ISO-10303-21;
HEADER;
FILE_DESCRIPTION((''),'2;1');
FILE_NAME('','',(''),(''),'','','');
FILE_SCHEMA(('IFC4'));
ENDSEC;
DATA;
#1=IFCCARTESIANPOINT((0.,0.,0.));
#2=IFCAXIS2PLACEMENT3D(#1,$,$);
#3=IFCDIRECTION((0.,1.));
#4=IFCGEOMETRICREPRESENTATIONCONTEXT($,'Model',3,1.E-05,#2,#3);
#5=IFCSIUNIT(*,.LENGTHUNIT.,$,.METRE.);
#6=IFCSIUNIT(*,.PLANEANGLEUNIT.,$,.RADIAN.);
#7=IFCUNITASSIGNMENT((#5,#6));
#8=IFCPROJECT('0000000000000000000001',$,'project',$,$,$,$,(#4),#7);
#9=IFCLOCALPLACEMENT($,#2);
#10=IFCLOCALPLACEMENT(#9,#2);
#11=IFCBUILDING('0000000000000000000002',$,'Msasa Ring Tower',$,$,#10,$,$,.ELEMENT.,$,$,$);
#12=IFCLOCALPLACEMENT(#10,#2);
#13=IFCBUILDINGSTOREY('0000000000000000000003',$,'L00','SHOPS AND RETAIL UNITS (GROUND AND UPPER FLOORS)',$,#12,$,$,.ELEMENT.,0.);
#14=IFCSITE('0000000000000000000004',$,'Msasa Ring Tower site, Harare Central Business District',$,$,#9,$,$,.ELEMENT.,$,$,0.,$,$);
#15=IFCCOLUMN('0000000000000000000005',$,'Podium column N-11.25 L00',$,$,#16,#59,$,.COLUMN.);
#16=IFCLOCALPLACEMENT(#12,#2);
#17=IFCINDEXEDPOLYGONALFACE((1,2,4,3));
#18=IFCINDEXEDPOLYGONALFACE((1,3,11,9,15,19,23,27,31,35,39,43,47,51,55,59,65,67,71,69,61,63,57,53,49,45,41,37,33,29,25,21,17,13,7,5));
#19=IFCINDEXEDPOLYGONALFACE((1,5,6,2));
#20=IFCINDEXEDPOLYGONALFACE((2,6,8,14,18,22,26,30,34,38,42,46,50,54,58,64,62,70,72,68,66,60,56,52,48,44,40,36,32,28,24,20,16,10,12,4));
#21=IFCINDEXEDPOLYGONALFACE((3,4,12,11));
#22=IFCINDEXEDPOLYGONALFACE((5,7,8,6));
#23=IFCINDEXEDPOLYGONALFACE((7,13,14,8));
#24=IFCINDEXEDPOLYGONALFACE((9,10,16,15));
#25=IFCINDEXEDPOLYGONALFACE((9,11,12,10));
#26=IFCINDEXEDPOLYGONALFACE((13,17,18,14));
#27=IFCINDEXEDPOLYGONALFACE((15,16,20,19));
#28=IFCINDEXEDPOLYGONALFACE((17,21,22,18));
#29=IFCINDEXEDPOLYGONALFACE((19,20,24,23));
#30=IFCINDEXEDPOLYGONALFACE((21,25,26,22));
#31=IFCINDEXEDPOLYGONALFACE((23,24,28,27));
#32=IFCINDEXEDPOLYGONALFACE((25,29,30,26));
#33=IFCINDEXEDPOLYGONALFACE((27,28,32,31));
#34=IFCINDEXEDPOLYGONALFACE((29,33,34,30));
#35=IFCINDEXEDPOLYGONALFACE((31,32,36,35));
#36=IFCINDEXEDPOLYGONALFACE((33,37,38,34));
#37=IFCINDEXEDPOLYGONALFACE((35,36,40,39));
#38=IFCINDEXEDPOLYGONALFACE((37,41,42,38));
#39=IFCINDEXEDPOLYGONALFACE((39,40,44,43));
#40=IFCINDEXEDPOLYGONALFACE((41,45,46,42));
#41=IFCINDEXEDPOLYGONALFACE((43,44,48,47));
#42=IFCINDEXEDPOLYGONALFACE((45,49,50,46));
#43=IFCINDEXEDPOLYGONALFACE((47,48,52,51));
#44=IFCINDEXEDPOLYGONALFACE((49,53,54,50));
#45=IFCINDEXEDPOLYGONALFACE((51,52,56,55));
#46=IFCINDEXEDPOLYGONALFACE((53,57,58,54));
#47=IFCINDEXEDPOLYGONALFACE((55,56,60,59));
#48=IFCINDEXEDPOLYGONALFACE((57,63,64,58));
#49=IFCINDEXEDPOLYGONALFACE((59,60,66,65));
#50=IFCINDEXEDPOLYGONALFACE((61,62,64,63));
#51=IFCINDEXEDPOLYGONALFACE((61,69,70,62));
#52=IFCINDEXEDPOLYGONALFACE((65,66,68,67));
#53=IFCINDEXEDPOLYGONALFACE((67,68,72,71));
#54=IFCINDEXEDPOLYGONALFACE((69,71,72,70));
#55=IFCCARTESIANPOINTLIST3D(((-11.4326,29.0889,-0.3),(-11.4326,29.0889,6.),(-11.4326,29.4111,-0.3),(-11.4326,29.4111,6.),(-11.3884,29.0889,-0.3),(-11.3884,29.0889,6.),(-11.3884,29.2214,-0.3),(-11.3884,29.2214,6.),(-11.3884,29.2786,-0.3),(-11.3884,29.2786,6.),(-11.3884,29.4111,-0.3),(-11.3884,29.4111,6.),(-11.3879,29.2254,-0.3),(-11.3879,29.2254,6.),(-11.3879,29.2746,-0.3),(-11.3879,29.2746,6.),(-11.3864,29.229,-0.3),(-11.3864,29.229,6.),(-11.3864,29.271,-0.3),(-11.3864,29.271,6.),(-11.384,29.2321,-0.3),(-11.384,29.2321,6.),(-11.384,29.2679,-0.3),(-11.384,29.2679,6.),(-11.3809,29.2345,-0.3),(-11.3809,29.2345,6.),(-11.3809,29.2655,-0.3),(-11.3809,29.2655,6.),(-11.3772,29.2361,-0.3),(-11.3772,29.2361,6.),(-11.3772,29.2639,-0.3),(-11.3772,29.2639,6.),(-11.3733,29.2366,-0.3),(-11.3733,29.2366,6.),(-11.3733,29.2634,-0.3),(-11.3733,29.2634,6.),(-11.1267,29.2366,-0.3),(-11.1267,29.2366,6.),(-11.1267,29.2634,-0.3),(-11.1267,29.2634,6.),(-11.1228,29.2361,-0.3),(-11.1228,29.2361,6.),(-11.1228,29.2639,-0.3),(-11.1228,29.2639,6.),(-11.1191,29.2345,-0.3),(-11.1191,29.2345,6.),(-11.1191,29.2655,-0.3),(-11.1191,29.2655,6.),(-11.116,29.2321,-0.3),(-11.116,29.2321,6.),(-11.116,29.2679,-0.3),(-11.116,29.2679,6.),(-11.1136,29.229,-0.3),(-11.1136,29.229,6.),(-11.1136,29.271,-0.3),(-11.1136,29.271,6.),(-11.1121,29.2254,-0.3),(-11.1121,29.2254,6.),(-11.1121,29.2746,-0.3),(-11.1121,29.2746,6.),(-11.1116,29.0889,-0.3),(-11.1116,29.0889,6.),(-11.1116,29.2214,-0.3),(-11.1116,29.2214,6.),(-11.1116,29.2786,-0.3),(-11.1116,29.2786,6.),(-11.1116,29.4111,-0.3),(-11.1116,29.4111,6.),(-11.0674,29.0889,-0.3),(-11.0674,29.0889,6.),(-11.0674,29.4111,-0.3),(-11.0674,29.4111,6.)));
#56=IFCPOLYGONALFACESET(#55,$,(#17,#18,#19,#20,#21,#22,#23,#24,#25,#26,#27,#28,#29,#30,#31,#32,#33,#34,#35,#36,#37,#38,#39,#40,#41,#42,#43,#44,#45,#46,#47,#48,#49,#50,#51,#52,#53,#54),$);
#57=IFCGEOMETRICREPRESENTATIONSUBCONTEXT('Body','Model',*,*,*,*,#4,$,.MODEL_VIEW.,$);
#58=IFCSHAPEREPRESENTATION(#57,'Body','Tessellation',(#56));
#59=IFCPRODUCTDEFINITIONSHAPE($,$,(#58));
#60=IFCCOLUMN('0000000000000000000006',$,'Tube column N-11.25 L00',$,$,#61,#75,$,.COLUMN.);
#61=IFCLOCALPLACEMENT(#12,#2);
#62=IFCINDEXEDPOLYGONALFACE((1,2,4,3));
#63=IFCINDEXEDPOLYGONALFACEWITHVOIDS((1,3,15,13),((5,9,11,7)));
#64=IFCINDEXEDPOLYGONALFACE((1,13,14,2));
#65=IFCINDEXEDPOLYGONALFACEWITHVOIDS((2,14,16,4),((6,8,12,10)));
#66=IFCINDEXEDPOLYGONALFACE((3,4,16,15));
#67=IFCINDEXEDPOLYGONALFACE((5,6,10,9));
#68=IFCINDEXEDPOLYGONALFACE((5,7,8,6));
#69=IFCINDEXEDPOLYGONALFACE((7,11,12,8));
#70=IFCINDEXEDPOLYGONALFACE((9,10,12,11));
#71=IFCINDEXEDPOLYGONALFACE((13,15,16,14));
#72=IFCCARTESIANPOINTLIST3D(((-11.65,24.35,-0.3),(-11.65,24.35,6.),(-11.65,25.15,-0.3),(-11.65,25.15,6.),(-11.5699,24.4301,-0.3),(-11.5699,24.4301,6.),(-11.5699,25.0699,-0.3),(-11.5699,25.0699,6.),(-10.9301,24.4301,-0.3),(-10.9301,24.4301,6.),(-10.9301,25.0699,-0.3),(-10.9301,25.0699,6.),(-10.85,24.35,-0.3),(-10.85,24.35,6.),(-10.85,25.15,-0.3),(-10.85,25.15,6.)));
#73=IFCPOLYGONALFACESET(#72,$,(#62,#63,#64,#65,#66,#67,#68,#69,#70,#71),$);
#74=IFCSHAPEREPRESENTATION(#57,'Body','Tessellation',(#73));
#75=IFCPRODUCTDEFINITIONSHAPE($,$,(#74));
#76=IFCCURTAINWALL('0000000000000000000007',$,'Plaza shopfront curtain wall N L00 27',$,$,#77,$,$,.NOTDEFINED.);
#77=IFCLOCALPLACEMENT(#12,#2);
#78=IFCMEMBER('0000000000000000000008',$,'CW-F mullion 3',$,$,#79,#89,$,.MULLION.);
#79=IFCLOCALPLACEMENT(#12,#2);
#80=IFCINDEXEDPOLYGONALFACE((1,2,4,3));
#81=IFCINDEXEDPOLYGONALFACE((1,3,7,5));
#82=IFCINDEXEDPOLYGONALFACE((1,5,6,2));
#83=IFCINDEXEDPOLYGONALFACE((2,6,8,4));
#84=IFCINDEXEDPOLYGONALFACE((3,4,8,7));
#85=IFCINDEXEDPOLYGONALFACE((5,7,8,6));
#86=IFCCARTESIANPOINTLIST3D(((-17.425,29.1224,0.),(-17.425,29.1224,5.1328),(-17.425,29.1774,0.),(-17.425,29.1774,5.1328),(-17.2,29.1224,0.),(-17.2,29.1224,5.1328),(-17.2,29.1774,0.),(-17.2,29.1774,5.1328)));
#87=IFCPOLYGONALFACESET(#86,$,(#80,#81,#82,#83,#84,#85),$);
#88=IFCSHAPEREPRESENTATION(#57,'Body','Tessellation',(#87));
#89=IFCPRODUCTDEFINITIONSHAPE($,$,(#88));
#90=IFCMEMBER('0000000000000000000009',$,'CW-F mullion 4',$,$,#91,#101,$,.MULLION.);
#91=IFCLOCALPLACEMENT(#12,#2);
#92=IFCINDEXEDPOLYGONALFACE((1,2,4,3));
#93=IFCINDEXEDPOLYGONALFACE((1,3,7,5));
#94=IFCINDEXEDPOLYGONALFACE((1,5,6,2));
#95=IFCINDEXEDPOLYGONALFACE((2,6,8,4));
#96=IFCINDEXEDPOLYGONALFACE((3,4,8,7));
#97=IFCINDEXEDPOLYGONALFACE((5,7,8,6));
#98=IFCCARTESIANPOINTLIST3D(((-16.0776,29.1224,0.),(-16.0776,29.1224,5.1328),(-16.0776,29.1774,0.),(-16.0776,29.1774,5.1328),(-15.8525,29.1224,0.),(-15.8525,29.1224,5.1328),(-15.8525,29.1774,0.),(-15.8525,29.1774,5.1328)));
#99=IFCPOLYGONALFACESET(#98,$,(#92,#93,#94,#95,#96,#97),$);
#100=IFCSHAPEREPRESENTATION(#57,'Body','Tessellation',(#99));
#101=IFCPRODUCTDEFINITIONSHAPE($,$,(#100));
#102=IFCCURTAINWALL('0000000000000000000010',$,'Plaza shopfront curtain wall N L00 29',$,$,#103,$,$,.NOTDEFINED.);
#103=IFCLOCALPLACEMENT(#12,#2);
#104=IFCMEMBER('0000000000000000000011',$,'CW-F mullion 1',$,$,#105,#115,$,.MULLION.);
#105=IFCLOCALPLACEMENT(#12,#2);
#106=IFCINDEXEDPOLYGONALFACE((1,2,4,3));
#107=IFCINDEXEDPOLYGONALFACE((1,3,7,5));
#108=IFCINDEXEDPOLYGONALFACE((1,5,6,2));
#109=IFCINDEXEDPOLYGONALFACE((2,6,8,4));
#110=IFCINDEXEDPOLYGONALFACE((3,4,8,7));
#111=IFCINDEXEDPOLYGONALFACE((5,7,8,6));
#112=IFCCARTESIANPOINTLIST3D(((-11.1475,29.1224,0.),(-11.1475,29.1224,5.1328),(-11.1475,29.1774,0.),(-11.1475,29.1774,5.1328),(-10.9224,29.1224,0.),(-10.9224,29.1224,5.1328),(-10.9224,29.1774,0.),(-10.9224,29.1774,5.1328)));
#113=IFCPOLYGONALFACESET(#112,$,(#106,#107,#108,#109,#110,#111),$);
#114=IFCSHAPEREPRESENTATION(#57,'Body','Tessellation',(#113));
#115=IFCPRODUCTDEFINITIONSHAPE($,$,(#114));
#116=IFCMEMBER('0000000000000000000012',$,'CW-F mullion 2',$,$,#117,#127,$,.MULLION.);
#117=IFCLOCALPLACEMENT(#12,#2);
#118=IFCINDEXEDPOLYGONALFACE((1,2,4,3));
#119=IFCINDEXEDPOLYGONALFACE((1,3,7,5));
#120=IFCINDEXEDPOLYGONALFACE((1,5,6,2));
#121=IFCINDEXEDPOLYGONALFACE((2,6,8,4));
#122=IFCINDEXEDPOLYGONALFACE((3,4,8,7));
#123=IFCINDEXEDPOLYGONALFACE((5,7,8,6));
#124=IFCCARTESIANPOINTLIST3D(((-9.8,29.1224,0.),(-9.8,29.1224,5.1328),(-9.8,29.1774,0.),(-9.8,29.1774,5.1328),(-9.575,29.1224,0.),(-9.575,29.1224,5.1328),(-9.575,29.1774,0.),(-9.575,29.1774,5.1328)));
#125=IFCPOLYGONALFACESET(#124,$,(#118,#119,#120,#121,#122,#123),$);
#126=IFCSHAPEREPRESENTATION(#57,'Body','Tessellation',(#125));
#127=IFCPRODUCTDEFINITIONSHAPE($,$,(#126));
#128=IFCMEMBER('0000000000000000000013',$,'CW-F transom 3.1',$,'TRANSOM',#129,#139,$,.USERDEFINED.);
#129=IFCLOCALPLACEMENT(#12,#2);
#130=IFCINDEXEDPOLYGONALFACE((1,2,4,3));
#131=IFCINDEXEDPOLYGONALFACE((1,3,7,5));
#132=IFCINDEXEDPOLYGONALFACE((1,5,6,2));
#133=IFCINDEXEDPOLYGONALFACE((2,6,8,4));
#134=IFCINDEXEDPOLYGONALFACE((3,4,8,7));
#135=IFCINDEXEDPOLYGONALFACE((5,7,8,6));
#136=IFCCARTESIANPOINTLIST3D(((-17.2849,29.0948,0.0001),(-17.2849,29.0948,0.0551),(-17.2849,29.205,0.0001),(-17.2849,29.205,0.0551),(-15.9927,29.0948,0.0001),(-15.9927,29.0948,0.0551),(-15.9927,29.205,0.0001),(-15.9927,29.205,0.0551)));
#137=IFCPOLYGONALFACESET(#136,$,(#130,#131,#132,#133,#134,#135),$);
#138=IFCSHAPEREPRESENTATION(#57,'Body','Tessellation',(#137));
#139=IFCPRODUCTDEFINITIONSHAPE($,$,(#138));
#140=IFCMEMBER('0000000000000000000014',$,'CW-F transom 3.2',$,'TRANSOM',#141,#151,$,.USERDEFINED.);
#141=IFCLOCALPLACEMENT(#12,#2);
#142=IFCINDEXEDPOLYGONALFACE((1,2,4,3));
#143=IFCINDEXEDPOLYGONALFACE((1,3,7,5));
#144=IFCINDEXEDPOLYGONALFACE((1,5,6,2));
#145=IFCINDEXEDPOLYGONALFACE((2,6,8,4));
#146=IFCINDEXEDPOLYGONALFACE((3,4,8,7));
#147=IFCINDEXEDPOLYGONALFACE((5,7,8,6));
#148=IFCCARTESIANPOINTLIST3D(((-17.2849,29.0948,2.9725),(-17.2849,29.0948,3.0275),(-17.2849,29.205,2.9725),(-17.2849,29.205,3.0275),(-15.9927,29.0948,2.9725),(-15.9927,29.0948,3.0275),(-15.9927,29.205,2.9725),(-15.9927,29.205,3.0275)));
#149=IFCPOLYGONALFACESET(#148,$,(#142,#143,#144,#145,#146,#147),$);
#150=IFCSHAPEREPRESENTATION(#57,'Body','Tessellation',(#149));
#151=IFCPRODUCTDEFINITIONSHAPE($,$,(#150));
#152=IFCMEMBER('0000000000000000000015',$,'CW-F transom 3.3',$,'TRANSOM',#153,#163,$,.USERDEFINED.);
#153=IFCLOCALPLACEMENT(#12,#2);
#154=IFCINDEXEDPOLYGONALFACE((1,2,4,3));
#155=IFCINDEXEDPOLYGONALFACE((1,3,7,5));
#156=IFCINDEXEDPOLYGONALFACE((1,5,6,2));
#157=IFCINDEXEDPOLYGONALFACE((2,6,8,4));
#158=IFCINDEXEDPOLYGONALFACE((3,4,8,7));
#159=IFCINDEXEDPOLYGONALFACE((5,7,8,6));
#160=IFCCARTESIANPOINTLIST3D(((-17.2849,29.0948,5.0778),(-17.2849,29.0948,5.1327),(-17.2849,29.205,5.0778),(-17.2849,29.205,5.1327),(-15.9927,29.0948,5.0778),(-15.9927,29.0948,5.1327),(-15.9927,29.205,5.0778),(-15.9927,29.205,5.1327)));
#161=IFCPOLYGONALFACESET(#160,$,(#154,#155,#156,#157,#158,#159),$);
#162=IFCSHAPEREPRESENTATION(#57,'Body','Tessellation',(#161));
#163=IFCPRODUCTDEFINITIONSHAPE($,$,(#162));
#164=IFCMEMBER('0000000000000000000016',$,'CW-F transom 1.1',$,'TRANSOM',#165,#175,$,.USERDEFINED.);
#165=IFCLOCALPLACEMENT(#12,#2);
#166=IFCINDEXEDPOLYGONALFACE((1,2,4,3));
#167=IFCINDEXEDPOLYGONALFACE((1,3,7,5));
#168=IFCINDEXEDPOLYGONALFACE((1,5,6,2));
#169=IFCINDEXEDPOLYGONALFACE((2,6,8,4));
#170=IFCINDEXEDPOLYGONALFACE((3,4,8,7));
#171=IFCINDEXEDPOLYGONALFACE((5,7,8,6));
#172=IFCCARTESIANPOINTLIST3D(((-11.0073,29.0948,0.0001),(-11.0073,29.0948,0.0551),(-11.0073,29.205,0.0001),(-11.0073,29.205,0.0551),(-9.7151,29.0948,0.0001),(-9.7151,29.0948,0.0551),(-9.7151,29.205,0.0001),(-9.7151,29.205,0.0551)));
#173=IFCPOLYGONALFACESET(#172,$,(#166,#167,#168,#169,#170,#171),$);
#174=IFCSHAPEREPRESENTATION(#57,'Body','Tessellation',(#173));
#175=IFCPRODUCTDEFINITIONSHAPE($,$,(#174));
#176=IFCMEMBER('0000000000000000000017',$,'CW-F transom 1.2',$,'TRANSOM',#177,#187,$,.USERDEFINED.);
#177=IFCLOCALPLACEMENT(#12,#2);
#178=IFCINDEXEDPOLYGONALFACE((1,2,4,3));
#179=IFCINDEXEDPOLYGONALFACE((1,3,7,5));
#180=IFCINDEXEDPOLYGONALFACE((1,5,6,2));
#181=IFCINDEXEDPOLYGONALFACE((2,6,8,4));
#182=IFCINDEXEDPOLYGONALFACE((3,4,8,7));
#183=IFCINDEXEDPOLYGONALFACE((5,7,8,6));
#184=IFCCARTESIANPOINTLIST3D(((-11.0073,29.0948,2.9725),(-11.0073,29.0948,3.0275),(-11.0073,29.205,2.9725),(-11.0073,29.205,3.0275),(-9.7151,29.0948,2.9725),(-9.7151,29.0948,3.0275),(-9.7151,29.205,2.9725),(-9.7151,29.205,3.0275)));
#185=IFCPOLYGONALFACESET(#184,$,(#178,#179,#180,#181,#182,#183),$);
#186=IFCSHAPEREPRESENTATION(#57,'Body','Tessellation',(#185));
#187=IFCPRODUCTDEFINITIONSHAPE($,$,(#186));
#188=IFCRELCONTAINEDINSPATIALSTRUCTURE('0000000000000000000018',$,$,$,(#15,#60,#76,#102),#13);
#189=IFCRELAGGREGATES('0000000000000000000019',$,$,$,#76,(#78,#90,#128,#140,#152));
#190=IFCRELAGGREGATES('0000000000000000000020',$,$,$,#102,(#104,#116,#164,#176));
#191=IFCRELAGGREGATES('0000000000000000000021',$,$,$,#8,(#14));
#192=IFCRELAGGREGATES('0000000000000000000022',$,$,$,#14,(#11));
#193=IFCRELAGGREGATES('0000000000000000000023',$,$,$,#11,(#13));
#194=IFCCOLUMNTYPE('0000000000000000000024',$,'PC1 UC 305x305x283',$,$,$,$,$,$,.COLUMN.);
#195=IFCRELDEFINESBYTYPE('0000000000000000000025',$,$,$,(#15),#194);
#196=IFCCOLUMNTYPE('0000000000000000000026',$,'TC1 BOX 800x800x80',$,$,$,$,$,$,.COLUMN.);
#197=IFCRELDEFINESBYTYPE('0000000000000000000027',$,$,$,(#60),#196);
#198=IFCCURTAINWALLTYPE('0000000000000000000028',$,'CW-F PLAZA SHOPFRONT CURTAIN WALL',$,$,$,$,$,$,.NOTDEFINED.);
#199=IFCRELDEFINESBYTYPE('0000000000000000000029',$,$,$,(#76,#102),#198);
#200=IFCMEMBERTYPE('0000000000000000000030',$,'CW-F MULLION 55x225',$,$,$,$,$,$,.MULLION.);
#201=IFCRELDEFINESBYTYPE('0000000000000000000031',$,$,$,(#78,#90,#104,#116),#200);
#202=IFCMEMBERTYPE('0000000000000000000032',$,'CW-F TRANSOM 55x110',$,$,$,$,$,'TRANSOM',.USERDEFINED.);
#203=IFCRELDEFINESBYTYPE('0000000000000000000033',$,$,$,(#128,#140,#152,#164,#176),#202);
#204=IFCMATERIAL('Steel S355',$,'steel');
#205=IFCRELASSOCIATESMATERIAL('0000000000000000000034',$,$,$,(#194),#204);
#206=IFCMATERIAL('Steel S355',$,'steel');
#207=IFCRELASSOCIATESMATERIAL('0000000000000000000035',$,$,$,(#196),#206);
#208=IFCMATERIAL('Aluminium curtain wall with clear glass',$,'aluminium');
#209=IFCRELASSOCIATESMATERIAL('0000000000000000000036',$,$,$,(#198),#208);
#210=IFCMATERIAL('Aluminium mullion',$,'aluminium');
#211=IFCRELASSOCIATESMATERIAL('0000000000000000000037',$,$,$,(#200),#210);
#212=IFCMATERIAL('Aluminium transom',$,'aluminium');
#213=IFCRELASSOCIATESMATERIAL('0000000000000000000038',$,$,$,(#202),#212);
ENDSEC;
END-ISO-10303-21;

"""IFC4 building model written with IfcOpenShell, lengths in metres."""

from ifc_helpers import new_model, si_unit, direction, frame, origin, origin_2d, place, context, subcontext, project, spatial, rectangle, hollow_rectangle, i_section, extrude, material, material_profile, profile_set, type_object, element, aggregate, save


model = new_model("IFC4")

# Units and contexts
model_context = context("Model", 3, precision=1e-05, world=origin(), true_north=direction((0.0, 1.0)))
body_context = subcontext(model_context, "Body", "Model", "MODEL_VIEW")
ifc_project = project(units=[si_unit("LENGTHUNIT", "METRE"), si_unit("PLANEANGLEUNIT", "RADIAN")], contexts=[model_context])

# Site, building, storey
site_placement = place(None, origin())
site = spatial("IfcSite", under=ifc_project, at=site_placement, Name="Msasa Ring Tower site, Harare Central Business District", CompositionType="ELEMENT", RefElevation=0.0)
building_placement = place(site_placement, origin())
building = spatial("IfcBuilding", under=site, at=building_placement, Name="Msasa Ring Tower", CompositionType="ELEMENT")
storey_placement = place(building_placement, origin())
storey = spatial("IfcBuildingStorey", under=building, at=storey_placement, Name="L00", Description="SHOPS AND RETAIL UNITS (GROUND AND UPPER FLOORS)", CompositionType="ELEMENT", Elevation=0.0)

# Columns
ifc_material_1 = material(Name="Steel S355", Category="steel")
ifc_material_profile_1 = material_profile(ifc_material_1, i_section(OverallWidth=0.3223, OverallDepth=0.3652, WebThickness=0.0269, FlangeThickness=0.0442, FilletRadius=0.0151, at=origin_2d()), Name="UC 305x305x283")
ifc_profile_set_1 = profile_set([ifc_material_profile_1], Name="Steel S355")
column_type_1 = type_object("IfcColumnType", Name="PC1 UC 305x305x283", PredefinedType="COLUMN", material=ifc_profile_set_1)
for number, where, z_axis, x_axis, name in (
    (1, (-11.25, 29.25, -0.3), (0.0, 0.0, 1.0), (0.0, 1.0, 0.0), "Podium column N-11.25 L00"),
):
    element("IfcColumn", number, at=place(storey_placement, frame(where, z_axis=z_axis, x_axis=x_axis)), inside=storey, type_object=column_type_1, Name=name, PredefinedType="COLUMN", context=body_context, shape_type="SweptSolid", body=[
        extrude(i_section(OverallWidth=0.3223, OverallDepth=0.3652, WebThickness=0.0269, FlangeThickness=0.0442, FilletRadius=0.0151, at=origin_2d()), origin(), (0.0, 0.0, 1.0), 6.3),
    ])
ifc_material_2 = material(Name="Steel S355", Category="steel")
ifc_material_profile_2 = material_profile(ifc_material_2, hollow_rectangle(XDim=0.8, YDim=0.8, WallThickness=0.0801, at=origin_2d()), Name="BOX 800x800x80")
ifc_profile_set_2 = profile_set([ifc_material_profile_2], Name="Steel S355")
column_type_2 = type_object("IfcColumnType", Name="TC1 BOX 800x800x80", PredefinedType="COLUMN", material=ifc_profile_set_2)
column_placement = place(storey_placement, frame((-11.25, 24.75, -0.3), z_axis=(0.0, 0.0, 1.0), x_axis=(0.0, 1.0, 0.0)))
element("IfcColumn", 2, at=column_placement, inside=storey, type_object=column_type_2, Name="Tube column N-11.25 L00", PredefinedType="COLUMN", context=body_context, shape_type="SweptSolid", body=[
    extrude(hollow_rectangle(XDim=0.8, YDim=0.8, WallThickness=0.0801, at=origin_2d()), origin(), (0.0, 0.0, 1.0), 6.3),
])

# Curtain walls, members
ifc_material_3 = material(Name="Aluminium curtain wall with clear glass", Category="aluminium")
curtain_wall_type = type_object("IfcCurtainWallType", Name="CW-F PLAZA SHOPFRONT CURTAIN WALL", PredefinedType="NOTDEFINED", material=ifc_material_3)
curtain_wall_1_placement = place(storey_placement, origin())
curtain_wall_1 = element("IfcCurtainWall", 3, at=curtain_wall_1_placement, inside=storey, type_object=curtain_wall_type, Name="Plaza shopfront curtain wall N L00 27", PredefinedType="NOTDEFINED")
ifc_material_4 = material(Name="Aluminium mullion", Category="aluminium")
ifc_material_profile_3 = material_profile(ifc_material_4, rectangle(XDim=0.0549, YDim=0.2251, at=origin_2d()), Name="AL 55x225")
ifc_profile_set_3 = profile_set([ifc_material_profile_3], Name="Aluminium mullion")
member_type_1 = type_object("IfcMemberType", Name="CW-F MULLION 55x225", PredefinedType="MULLION", material=ifc_profile_set_3)
member_1_placement = place(storey_placement, frame((-17.3125, 29.1499, 0.0), z_axis=(0.0, 0.0, 1.0), x_axis=(0.0, 1.0, 0.0)))
member_1 = element("IfcMember", 4, at=member_1_placement, type_object=member_type_1, Name="CW-F mullion 3", PredefinedType="MULLION", context=body_context, shape_type="SweptSolid", body=[
    extrude(rectangle(XDim=0.0549, YDim=0.2251, at=origin_2d()), origin(), (0.0, 0.0, 1.0), 5.1328),
])
member_2_placement = place(storey_placement, frame((-15.9651, 29.1499, 0.0), z_axis=(0.0, 0.0, 1.0), x_axis=(0.0, 1.0, 0.0)))
member_2 = element("IfcMember", 5, at=member_2_placement, type_object=member_type_1, Name="CW-F mullion 4", PredefinedType="MULLION", context=body_context, shape_type="SweptSolid", body=[
    extrude(rectangle(XDim=0.0549, YDim=0.2251, at=origin_2d()), origin(), (0.0, 0.0, 1.0), 5.1328),
])
curtain_wall_2_placement = place(storey_placement, origin())
curtain_wall_2 = element("IfcCurtainWall", 6, at=curtain_wall_2_placement, inside=storey, type_object=curtain_wall_type, Name="Plaza shopfront curtain wall N L00 29", PredefinedType="NOTDEFINED")
member_3_placement = place(storey_placement, frame((-11.0349, 29.1499, 0.0), z_axis=(0.0, 0.0, 1.0), x_axis=(0.0, 1.0, 0.0)))
member_3 = element("IfcMember", 7, at=member_3_placement, type_object=member_type_1, Name="CW-F mullion 1", PredefinedType="MULLION", context=body_context, shape_type="SweptSolid", body=[
    extrude(rectangle(XDim=0.0549, YDim=0.2251, at=origin_2d()), origin(), (0.0, 0.0, 1.0), 5.1328),
])
member_4_placement = place(storey_placement, frame((-9.6875, 29.1499, 0.0), z_axis=(0.0, 0.0, 1.0), x_axis=(0.0, 1.0, 0.0)))
member_4 = element("IfcMember", 8, at=member_4_placement, type_object=member_type_1, Name="CW-F mullion 2", PredefinedType="MULLION", context=body_context, shape_type="SweptSolid", body=[
    extrude(rectangle(XDim=0.0549, YDim=0.2251, at=origin_2d()), origin(), (0.0, 0.0, 1.0), 5.1328),
])

# Members
ifc_material_5 = material(Name="Aluminium transom", Category="aluminium")
ifc_material_profile_4 = material_profile(ifc_material_5, rectangle(XDim=0.1101, YDim=0.0549, at=origin_2d()), Name="AL 55x110")
ifc_profile_set_4 = profile_set([ifc_material_profile_4], Name="Aluminium transom")
member_type_2 = type_object("IfcMemberType", Name="CW-F TRANSOM 55x110", ElementType="TRANSOM", PredefinedType="USERDEFINED", material=ifc_profile_set_4)
member_5_placement = place(storey_placement, frame((-17.2849, 29.1499, 0.0276), z_axis=(1.0, 0.0, 0.0), x_axis=(0.0, 1.0, 0.0)))
member_5 = element("IfcMember", 9, at=member_5_placement, type_object=member_type_2, Name="CW-F transom 3.1", ObjectType="TRANSOM", PredefinedType="USERDEFINED", context=body_context, shape_type="SweptSolid", body=[
    extrude(rectangle(XDim=0.1101, YDim=0.0549, at=origin_2d()), origin(), (0.0, 0.0, 1.0), 1.2922),
])
member_6_placement = place(storey_placement, frame((-17.2849, 29.1499, 3.0), z_axis=(1.0, 0.0, 0.0), x_axis=(0.0, 1.0, 0.0)))
member_6 = element("IfcMember", 10, at=member_6_placement, type_object=member_type_2, Name="CW-F transom 3.2", ObjectType="TRANSOM", PredefinedType="USERDEFINED", context=body_context, shape_type="SweptSolid", body=[
    extrude(rectangle(XDim=0.1101, YDim=0.0549, at=origin_2d()), origin(), (0.0, 0.0, 1.0), 1.2922),
])
member_7_placement = place(storey_placement, frame((-17.2849, 29.1499, 5.1052), z_axis=(1.0, 0.0, 0.0), x_axis=(0.0, 1.0, 0.0)))
member_7 = element("IfcMember", 11, at=member_7_placement, type_object=member_type_2, Name="CW-F transom 3.3", ObjectType="TRANSOM", PredefinedType="USERDEFINED", context=body_context, shape_type="SweptSolid", body=[
    extrude(rectangle(XDim=0.1101, YDim=0.0549, at=origin_2d()), origin(), (0.0, 0.0, 1.0), 1.2922),
])
member_8_placement = place(storey_placement, frame((-11.0073, 29.1499, 0.0276), z_axis=(1.0, 0.0, 0.0), x_axis=(0.0, 1.0, 0.0)))
member_8 = element("IfcMember", 12, at=member_8_placement, type_object=member_type_2, Name="CW-F transom 1.1", ObjectType="TRANSOM", PredefinedType="USERDEFINED", context=body_context, shape_type="SweptSolid", body=[
    extrude(rectangle(XDim=0.1101, YDim=0.0549, at=origin_2d()), origin(), (0.0, 0.0, 1.0), 1.2922),
])
member_9_placement = place(storey_placement, frame((-11.0073, 29.1499, 3.0), z_axis=(1.0, 0.0, 0.0), x_axis=(0.0, 1.0, 0.0)))
member_9 = element("IfcMember", 13, at=member_9_placement, type_object=member_type_2, Name="CW-F transom 1.2", ObjectType="TRANSOM", PredefinedType="USERDEFINED", context=body_context, shape_type="SweptSolid", body=[
    extrude(rectangle(XDim=0.1101, YDim=0.0549, at=origin_2d()), origin(), (0.0, 0.0, 1.0), 1.2922),
])

aggregate(curtain_wall_1, [member_1, member_2, member_5, member_6, member_7])
aggregate(curtain_wall_2, [member_3, member_4, member_8, member_9])

save(model, "model.ifc")
